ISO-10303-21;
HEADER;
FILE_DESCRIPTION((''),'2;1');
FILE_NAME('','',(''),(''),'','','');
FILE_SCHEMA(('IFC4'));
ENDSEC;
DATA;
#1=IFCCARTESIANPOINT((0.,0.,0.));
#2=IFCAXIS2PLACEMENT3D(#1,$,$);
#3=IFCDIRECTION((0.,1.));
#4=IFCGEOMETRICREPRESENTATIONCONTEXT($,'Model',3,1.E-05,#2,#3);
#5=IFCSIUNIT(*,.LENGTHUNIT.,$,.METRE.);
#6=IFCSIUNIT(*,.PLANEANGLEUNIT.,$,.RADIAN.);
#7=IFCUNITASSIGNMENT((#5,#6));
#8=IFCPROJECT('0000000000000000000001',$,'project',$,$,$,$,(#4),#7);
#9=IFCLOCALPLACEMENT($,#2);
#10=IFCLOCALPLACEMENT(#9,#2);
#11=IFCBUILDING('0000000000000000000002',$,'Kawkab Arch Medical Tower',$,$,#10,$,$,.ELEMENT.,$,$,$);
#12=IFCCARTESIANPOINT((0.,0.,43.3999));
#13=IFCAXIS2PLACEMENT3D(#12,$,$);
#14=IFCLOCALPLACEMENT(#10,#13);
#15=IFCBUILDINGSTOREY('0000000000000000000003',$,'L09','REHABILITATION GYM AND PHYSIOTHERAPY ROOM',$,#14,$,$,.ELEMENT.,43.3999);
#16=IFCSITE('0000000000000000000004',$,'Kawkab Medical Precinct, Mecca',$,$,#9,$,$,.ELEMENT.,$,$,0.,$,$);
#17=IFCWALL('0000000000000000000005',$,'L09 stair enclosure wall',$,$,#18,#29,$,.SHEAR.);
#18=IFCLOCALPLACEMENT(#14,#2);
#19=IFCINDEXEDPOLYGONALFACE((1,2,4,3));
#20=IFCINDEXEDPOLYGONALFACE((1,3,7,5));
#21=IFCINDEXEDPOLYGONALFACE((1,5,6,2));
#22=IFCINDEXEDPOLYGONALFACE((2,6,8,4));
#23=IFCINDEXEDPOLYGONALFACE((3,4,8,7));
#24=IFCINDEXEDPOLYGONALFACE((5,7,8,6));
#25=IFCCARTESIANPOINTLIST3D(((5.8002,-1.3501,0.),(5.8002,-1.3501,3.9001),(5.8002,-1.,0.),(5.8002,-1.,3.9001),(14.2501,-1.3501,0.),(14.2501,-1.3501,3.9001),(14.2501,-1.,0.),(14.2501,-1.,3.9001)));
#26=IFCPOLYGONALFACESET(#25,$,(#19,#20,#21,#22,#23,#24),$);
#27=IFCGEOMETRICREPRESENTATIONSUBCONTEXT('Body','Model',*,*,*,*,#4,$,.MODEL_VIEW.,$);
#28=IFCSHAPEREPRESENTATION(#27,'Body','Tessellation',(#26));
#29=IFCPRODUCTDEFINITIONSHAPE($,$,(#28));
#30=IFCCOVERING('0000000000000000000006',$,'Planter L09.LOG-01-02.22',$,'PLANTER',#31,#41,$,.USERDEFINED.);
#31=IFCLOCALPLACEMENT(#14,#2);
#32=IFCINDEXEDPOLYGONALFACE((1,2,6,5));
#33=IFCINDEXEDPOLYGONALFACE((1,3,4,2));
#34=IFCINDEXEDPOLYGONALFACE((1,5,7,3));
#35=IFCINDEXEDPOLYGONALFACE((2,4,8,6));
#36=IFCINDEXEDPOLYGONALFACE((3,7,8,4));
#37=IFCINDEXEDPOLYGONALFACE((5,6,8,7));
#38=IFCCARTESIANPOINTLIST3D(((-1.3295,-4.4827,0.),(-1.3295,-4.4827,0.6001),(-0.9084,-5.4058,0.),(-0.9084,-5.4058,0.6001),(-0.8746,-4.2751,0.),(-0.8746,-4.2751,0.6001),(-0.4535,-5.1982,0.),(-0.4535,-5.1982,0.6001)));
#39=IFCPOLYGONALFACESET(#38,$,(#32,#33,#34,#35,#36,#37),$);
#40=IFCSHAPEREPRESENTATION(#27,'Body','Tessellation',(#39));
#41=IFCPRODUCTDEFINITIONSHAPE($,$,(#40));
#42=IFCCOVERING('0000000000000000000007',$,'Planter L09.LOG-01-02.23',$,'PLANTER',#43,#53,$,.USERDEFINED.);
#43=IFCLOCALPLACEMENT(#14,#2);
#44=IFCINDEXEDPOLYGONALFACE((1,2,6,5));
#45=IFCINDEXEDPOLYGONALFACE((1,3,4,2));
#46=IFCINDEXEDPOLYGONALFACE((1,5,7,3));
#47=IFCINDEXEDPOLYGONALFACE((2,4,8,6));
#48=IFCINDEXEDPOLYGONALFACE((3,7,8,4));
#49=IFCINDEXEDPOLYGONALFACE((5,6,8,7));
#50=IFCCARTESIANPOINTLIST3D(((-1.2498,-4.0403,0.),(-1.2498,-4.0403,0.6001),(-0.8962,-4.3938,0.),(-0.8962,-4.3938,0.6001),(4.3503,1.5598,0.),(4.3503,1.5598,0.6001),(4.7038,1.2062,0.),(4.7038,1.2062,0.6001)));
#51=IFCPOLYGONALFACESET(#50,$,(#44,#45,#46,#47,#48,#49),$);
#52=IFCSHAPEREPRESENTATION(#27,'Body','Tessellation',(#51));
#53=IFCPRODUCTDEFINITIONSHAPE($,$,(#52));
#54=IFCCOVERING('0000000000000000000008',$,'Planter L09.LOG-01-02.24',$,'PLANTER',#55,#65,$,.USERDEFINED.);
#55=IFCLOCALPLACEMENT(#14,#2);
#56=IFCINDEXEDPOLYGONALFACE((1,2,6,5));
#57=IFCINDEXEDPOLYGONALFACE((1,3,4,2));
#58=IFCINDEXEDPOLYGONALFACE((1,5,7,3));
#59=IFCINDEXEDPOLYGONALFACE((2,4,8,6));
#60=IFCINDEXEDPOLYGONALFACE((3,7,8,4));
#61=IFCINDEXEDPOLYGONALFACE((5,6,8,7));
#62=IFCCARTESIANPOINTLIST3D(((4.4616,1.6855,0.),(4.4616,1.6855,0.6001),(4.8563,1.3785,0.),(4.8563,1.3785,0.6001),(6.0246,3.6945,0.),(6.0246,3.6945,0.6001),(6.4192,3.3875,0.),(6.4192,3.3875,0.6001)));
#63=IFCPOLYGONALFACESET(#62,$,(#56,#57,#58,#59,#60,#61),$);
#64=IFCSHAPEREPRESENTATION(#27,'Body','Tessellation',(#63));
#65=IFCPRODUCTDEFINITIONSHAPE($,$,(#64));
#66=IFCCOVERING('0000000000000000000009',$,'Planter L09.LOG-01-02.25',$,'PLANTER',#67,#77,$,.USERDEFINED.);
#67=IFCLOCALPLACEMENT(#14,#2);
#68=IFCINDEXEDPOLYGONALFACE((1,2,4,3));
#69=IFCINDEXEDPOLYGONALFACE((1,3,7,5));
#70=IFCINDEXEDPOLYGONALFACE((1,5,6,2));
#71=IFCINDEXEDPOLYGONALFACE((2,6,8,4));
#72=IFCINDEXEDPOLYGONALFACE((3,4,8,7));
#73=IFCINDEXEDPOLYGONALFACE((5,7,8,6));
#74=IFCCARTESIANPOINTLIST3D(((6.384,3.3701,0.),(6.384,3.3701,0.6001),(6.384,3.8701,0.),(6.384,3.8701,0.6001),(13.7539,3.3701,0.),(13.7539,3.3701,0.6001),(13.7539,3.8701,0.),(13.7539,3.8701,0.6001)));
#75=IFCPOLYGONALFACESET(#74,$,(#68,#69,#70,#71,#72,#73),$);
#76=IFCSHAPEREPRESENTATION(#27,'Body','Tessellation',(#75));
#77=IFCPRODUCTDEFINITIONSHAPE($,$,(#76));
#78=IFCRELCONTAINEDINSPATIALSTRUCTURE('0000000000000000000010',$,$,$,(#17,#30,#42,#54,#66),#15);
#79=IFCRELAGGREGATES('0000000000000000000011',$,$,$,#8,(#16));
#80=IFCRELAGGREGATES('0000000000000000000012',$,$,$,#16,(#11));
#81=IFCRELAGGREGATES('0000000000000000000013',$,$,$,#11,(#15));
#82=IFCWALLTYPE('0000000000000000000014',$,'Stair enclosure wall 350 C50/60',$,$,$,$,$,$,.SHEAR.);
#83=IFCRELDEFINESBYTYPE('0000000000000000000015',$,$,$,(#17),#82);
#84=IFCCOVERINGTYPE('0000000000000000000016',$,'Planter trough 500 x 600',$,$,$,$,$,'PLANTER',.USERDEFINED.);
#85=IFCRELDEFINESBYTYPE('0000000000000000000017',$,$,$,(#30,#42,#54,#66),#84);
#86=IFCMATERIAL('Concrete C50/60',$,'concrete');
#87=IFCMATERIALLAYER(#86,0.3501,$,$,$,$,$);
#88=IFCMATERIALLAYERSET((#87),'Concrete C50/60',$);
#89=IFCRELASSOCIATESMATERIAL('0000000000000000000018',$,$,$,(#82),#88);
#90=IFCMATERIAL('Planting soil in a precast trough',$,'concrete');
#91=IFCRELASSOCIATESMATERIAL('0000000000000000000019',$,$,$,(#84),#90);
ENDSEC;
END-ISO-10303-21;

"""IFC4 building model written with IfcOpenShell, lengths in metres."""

from ifc_helpers import new_model, si_unit, direction, frame, frame_2d, origin, origin_2d, place, context, subcontext, project, spatial, rectangle, extrude, material, layer, layer_set, material_profile, profile_set, type_object, element, save


model = new_model("IFC4")

# Units and contexts
model_context = context("Model", 3, precision=1e-05, world=origin(), true_north=direction((0.0, 1.0)))
body_context = subcontext(model_context, "Body", "Model", "MODEL_VIEW")
ifc_project = project(units=[si_unit("LENGTHUNIT", "METRE"), si_unit("PLANEANGLEUNIT", "RADIAN")], contexts=[model_context])

# Site, building, storey
site_placement = place(None, origin())
site = spatial("IfcSite", under=ifc_project, at=site_placement, Name="Kawkab Medical Precinct, Mecca", CompositionType="ELEMENT", RefElevation=0.0)
building_placement = place(site_placement, origin())
building = spatial("IfcBuilding", under=site, at=building_placement, Name="Kawkab Arch Medical Tower", CompositionType="ELEMENT")
storey_placement = place(building_placement, frame((0.0, 0.0, 43.3999)))
storey = spatial("IfcBuildingStorey", under=building, at=storey_placement, Name="L09", Description="REHABILITATION GYM AND PHYSIOTHERAPY ROOM", CompositionType="ELEMENT", Elevation=43.3999)

# Wall
ifc_material_1 = material(Name="Concrete C50/60", Category="concrete")
ifc_layer_1 = layer(ifc_material_1, 0.3501)
ifc_layer_set_1 = layer_set([ifc_layer_1], Name="Concrete C50/60")
wall_type_1 = type_object("IfcWallType", Name="Stair enclosure wall 350 C50/60", PredefinedType="SHEAR", material=ifc_layer_set_1)
wall_1_placement = place(storey_placement, frame((5.8, -1.175, 0.0), z_axis=(0.0, 0.0, 1.0), x_axis=(1.0, 0.0, 0.0)))
element("IfcWall", 1, at=wall_1_placement, inside=storey, type_object=wall_type_1, Name="L09 stair enclosure wall", PredefinedType="SHEAR", context=body_context, shape_type="SweptSolid", body=[
    extrude(rectangle(XDim=8.45, YDim=0.3501, at=frame_2d((4.2251, 0.0))), origin(), (0.0, 0.0, 1.0), 3.9001),
])

# Coverings
ifc_material_2 = material(Name="Planting soil in a precast trough", Category="concrete")
ifc_material_profile_1 = material_profile(ifc_material_2, rectangle(XDim=0.5, YDim=0.6001, at=origin_2d()), Name="Trough 500x600")
ifc_profile_set_1 = profile_set([ifc_material_profile_1], Name="Planting soil in a precast trough")
covering_type = type_object("IfcCoveringType", Name="Planter trough 500 x 600", ElementType="PLANTER", PredefinedType="USERDEFINED", material=ifc_profile_set_1)
covering_1_placement = place(storey_placement, frame((-0.6809, -5.302, 0.3), z_axis=(-0.415072, 0.909789, 0.0), x_axis=(-0.909789, -0.415072, 0.0)))
element("IfcCovering", 2, at=covering_1_placement, inside=storey, type_object=covering_type, Name="Planter L09.LOG-01-02.22", ObjectType="PLANTER", PredefinedType="USERDEFINED", context=body_context, shape_type="SweptSolid", body=[
    extrude(rectangle(XDim=0.5, YDim=0.6001, at=origin_2d()), origin(), (0.0, 0.0, 1.0), 1.0146),
])
covering_2_placement = place(storey_placement, frame((-1.073, -4.217, 0.3), z_axis=(0.707107, 0.707107, 0.0), x_axis=(-0.707107, 0.707107, 0.0)))
element("IfcCovering", 3, at=covering_2_placement, inside=storey, type_object=covering_type, Name="Planter L09.LOG-01-02.23", ObjectType="PLANTER", PredefinedType="USERDEFINED", context=body_context, shape_type="SweptSolid", body=[
    extrude(rectangle(XDim=0.5, YDim=0.6001, at=origin_2d()), origin(), (0.0, 0.0, 1.0), 7.9197),
])
covering_3_placement = place(storey_placement, frame((4.6589, 1.532, 0.3), z_axis=(0.61404, 0.789275, 0.0), x_axis=(-0.789275, 0.61404, 0.0)))
element("IfcCovering", 4, at=covering_3_placement, inside=storey, type_object=covering_type, Name="Planter L09.LOG-01-02.24", ObjectType="PLANTER", PredefinedType="USERDEFINED", context=body_context, shape_type="SweptSolid", body=[
    extrude(rectangle(XDim=0.5, YDim=0.6001, at=origin_2d()), origin(), (0.0, 0.0, 1.0), 2.5454),
])
covering_4_placement = place(storey_placement, frame((6.384, 3.6201, 0.3), z_axis=(1.0, 0.0, 0.0), x_axis=(0.0, 1.0, 0.0)))
element("IfcCovering", 5, at=covering_4_placement, inside=storey, type_object=covering_type, Name="Planter L09.LOG-01-02.25", ObjectType="PLANTER", PredefinedType="USERDEFINED", context=body_context, shape_type="SweptSolid", body=[
    extrude(rectangle(XDim=0.5, YDim=0.6001, at=origin_2d()), origin(), (0.0, 0.0, 1.0), 7.3699),
])

save(model, "model.ifc")
